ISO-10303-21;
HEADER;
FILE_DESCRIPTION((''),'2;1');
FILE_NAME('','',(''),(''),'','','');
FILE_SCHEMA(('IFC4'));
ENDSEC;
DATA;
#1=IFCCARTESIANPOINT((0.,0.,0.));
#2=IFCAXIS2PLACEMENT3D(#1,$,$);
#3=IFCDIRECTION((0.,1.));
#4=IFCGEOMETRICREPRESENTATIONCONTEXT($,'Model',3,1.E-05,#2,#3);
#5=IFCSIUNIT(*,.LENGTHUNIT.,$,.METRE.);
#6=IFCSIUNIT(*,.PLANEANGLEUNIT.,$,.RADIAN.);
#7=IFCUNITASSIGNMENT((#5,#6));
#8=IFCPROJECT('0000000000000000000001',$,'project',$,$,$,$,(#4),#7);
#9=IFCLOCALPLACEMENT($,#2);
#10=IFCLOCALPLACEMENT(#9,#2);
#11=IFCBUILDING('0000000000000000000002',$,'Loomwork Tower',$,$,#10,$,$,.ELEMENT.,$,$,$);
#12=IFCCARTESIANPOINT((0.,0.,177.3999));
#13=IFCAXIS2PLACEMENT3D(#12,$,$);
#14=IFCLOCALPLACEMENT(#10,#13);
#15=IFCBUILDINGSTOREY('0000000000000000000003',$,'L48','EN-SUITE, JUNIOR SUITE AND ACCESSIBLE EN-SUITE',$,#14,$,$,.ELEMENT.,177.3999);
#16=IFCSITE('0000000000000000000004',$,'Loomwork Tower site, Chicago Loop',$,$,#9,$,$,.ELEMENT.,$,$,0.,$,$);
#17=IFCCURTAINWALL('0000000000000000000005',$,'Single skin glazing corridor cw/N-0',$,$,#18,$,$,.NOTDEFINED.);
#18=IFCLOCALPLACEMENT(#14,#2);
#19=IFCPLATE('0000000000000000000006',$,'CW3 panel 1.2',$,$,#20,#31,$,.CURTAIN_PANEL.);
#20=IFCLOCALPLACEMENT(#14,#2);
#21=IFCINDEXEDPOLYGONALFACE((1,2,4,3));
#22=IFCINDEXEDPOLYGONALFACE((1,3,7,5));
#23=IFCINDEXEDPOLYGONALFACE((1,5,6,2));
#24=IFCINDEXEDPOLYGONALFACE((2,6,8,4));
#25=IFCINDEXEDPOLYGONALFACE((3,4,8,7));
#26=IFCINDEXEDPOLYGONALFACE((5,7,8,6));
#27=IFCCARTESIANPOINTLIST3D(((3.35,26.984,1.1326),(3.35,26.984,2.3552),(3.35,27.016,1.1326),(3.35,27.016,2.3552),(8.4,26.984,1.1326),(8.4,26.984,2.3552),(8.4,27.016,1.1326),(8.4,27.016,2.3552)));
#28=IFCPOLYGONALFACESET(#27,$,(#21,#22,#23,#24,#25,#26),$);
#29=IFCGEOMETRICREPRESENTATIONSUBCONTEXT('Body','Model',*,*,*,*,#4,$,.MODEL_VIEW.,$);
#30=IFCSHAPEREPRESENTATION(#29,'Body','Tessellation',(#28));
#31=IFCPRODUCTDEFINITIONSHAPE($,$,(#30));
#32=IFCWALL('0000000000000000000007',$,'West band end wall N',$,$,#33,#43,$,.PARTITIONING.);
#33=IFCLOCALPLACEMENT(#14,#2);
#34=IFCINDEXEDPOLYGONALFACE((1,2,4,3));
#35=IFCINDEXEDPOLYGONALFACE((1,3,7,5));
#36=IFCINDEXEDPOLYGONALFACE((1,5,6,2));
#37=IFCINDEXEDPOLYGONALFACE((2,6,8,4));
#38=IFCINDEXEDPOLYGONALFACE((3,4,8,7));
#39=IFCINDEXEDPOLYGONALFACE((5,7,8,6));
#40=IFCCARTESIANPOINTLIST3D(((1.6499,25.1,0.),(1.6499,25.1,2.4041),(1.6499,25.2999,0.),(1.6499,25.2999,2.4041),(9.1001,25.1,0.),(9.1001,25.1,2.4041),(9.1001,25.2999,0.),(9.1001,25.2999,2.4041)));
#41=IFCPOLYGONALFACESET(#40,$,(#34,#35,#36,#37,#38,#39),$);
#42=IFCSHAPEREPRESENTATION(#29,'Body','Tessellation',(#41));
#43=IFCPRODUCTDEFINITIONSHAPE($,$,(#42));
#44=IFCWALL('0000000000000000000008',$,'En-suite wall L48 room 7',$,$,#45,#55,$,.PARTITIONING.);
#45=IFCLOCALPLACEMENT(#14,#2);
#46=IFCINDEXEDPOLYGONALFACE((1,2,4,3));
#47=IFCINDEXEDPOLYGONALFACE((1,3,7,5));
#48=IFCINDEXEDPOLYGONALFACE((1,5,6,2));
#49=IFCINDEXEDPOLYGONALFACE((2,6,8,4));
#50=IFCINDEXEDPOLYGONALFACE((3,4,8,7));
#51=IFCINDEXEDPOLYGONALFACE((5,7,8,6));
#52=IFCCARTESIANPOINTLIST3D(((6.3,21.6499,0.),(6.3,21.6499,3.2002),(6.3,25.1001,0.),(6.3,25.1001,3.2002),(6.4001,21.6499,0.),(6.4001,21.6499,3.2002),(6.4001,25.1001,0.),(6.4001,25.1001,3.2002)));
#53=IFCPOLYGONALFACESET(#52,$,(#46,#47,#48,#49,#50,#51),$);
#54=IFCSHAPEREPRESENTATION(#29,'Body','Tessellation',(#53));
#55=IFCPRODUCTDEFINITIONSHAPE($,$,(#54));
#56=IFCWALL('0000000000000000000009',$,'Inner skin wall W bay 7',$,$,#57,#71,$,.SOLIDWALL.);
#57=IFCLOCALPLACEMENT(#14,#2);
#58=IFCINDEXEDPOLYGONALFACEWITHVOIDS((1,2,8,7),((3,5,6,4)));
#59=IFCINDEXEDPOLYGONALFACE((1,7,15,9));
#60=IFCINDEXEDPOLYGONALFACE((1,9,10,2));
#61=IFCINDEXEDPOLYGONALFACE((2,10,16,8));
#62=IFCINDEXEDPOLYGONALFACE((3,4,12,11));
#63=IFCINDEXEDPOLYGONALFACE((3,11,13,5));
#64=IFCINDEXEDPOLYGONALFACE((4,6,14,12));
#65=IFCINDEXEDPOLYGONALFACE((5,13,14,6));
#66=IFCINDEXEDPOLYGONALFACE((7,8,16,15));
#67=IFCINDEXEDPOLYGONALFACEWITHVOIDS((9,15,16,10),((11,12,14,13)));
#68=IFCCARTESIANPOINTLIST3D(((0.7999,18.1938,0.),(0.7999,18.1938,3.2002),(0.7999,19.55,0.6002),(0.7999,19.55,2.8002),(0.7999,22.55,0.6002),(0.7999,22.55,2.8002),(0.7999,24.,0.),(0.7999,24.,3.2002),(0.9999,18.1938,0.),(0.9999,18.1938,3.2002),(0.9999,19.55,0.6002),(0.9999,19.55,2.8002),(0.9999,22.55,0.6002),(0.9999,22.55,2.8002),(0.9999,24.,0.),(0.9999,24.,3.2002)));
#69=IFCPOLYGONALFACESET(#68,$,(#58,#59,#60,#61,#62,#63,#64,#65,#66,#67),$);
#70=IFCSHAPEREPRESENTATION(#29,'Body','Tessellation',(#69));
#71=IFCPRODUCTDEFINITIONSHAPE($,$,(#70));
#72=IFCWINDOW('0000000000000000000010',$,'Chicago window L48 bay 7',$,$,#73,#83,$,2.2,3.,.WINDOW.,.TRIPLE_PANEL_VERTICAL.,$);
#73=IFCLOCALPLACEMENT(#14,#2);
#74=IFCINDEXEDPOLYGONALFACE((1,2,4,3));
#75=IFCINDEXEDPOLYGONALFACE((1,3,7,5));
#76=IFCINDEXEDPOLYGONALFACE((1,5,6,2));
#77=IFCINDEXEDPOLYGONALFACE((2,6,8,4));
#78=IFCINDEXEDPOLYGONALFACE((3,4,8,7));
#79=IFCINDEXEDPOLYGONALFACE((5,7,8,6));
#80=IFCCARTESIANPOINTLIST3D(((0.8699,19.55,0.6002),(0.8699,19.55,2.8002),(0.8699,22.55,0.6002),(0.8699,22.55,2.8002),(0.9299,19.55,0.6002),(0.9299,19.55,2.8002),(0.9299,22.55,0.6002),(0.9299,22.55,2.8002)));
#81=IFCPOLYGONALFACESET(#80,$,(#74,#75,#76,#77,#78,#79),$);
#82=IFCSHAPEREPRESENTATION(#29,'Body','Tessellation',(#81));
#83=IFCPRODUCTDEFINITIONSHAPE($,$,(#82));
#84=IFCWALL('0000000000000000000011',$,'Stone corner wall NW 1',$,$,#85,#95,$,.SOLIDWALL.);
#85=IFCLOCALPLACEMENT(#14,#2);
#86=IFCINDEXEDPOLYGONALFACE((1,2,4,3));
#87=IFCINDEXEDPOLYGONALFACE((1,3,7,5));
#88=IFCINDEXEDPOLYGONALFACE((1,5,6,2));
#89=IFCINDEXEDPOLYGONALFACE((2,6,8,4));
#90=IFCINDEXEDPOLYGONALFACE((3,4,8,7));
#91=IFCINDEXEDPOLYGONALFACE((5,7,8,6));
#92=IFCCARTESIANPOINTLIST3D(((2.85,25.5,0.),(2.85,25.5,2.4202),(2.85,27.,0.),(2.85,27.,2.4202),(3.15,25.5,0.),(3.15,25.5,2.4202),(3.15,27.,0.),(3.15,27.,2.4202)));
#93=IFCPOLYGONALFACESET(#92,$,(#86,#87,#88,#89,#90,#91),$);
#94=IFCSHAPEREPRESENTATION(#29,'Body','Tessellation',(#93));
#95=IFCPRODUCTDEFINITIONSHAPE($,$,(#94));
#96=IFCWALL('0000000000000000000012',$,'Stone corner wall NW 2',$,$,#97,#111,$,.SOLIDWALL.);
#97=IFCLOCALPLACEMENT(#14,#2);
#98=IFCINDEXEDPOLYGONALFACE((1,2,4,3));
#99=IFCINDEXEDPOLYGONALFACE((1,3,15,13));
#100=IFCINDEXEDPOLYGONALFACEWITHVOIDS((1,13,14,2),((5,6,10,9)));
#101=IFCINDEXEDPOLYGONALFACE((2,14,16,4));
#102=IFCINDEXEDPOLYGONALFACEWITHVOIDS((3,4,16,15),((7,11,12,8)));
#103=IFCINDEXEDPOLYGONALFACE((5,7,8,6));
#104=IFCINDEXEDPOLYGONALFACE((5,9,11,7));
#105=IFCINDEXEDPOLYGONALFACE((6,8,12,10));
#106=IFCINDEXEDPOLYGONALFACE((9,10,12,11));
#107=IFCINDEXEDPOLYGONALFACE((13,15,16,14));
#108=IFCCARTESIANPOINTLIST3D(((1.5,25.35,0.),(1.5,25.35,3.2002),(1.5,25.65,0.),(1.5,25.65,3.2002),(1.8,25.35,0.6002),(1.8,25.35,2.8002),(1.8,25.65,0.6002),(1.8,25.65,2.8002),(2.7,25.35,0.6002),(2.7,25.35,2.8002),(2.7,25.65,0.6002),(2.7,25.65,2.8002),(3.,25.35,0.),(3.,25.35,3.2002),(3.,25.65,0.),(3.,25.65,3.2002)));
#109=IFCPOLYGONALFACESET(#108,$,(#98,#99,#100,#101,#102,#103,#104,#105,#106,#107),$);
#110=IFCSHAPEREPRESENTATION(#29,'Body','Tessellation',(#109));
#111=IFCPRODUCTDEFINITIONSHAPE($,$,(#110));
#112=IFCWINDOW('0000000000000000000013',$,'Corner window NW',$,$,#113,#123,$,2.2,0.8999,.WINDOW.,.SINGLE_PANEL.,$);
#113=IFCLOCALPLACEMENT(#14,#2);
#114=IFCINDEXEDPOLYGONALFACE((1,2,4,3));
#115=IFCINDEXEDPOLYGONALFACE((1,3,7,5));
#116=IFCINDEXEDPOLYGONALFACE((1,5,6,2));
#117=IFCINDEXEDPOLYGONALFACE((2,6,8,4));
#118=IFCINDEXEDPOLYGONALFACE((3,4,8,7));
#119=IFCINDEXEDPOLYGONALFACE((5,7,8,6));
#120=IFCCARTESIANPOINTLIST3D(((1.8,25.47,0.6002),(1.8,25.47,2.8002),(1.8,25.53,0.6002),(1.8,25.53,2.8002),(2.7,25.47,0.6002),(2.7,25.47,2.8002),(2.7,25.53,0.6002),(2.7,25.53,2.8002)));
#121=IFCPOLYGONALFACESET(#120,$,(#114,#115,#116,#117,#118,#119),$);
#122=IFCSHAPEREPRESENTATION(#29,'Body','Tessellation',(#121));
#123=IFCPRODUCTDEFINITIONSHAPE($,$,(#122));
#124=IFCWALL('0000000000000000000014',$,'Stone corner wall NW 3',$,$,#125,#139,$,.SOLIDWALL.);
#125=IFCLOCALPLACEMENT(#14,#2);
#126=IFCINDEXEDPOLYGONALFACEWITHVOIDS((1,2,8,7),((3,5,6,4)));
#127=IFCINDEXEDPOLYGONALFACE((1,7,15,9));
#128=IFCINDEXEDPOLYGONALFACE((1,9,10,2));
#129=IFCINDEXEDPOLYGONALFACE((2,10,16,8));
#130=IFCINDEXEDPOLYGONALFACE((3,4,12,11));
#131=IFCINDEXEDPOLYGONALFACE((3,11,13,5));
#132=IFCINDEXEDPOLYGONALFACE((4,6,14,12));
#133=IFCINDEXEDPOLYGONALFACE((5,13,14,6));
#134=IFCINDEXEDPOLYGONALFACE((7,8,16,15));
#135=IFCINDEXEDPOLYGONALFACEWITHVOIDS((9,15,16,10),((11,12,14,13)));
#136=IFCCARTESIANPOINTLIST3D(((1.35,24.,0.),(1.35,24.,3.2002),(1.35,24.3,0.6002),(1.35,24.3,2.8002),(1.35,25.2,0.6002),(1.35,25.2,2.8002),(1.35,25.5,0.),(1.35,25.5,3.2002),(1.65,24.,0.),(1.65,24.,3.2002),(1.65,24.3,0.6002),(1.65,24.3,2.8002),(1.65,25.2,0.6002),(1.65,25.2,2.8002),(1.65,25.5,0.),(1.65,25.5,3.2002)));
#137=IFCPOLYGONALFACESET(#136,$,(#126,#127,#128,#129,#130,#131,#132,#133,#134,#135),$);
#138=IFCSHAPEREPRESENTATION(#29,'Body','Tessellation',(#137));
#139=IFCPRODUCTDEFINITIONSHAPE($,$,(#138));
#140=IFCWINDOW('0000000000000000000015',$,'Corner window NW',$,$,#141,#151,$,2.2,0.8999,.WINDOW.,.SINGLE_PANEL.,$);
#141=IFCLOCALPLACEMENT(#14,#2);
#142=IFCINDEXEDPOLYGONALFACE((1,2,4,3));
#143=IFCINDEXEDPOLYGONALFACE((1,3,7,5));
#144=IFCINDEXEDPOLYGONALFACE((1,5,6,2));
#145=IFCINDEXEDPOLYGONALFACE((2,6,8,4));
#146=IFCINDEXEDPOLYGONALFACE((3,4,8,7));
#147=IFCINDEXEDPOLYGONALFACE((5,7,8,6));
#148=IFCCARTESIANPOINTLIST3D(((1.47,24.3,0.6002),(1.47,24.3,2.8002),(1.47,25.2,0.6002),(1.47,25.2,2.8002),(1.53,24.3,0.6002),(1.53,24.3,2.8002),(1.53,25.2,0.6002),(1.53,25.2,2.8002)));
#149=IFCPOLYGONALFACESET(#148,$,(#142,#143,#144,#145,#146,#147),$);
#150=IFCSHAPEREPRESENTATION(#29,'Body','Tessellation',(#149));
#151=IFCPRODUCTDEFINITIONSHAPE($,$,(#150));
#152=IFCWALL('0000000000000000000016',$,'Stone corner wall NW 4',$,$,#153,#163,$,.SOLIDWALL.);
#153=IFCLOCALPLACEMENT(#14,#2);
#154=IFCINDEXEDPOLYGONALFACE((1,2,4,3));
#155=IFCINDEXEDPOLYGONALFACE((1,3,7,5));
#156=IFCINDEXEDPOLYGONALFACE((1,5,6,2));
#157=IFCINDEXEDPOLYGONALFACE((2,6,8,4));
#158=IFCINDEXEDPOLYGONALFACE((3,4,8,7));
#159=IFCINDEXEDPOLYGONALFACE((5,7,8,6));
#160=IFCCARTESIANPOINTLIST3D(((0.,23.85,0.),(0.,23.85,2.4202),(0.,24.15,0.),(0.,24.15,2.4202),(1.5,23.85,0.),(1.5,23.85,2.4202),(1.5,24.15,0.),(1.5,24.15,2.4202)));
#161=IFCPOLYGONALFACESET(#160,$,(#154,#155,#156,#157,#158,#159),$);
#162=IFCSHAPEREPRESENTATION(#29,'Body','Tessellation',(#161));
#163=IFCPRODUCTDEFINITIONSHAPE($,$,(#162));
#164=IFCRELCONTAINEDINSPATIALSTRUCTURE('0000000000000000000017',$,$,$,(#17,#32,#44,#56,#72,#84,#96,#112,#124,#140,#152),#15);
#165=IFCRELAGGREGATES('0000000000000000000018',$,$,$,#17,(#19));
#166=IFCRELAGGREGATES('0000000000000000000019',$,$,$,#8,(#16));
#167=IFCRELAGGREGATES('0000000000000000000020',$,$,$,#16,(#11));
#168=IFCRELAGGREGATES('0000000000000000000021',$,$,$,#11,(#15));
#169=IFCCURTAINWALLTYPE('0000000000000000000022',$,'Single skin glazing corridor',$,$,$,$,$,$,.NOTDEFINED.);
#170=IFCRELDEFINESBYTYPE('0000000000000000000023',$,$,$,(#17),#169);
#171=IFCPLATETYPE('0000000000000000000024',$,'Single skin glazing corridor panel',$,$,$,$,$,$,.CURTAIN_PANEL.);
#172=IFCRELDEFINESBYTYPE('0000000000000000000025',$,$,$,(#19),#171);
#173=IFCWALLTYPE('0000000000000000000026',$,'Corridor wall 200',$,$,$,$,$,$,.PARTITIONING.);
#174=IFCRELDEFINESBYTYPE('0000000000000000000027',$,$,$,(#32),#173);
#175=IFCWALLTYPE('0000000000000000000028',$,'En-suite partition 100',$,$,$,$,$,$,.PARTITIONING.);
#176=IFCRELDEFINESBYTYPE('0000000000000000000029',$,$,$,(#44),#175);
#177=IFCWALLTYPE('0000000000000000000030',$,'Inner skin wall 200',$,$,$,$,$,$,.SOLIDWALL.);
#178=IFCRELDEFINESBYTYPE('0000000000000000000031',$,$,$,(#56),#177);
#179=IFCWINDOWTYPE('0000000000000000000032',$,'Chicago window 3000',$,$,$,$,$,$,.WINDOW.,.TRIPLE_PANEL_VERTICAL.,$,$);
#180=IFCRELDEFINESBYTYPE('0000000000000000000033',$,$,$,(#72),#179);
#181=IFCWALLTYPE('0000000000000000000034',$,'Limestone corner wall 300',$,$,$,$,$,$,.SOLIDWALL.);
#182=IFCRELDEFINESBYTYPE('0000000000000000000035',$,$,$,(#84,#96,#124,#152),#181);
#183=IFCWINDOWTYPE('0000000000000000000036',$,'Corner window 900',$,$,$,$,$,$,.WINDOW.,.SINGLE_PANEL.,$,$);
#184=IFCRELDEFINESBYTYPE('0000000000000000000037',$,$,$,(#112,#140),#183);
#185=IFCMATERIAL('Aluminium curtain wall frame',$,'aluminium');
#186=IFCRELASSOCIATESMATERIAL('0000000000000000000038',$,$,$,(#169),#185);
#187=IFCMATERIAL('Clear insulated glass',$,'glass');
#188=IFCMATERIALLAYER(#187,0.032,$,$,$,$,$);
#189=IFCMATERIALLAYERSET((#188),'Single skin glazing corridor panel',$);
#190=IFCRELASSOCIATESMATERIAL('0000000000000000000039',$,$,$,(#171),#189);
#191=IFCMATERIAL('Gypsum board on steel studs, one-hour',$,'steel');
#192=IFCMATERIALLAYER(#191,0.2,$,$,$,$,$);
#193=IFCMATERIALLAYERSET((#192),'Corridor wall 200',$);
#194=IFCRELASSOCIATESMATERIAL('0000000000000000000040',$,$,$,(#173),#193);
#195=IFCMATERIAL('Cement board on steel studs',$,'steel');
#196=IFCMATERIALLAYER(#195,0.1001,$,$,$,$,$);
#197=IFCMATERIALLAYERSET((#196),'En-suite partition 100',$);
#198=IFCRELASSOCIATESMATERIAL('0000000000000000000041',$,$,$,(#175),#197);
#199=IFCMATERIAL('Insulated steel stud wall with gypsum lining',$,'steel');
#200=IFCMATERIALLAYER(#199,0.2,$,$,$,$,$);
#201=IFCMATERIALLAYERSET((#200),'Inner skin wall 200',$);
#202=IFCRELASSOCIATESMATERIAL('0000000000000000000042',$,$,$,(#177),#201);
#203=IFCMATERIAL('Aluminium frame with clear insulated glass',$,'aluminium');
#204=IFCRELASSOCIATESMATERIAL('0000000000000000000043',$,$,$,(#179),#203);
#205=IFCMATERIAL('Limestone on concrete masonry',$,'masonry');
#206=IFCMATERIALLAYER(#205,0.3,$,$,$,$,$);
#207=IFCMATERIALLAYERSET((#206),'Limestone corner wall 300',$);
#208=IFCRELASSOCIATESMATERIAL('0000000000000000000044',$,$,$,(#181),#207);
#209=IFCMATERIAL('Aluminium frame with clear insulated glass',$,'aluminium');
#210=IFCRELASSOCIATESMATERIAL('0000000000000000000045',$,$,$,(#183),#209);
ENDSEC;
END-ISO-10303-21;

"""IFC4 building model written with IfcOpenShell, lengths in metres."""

from ifc_helpers import new_model, si_unit, direction, frame, frame_2d, origin, origin_2d, place, context, subcontext, project, spatial, rectangle, extrude, material, layer, layer_set, type_object, element, fill, aggregate, save


model = new_model("IFC4")

# Units and contexts
model_context = context("Model", 3, precision=1e-05, world=origin(), true_north=direction((0.0, 1.0)))
body_context = subcontext(model_context, "Body", "Model", "MODEL_VIEW")
ifc_project = project(units=[si_unit("LENGTHUNIT", "METRE"), si_unit("PLANEANGLEUNIT", "RADIAN")], contexts=[model_context])

# Site, building, storey
site_placement = place(None, origin())
site = spatial("IfcSite", under=ifc_project, at=site_placement, Name="Loomwork Tower site, Chicago Loop", CompositionType="ELEMENT", RefElevation=0.0)
building_placement = place(site_placement, origin())
building = spatial("IfcBuilding", under=site, at=building_placement, Name="Loomwork Tower", CompositionType="ELEMENT")
storey_placement = place(building_placement, frame((0.0, 0.0, 177.3999)))
storey = spatial("IfcBuildingStorey", under=building, at=storey_placement, Name="L48", Description="EN-SUITE, JUNIOR SUITE AND ACCESSIBLE EN-SUITE", CompositionType="ELEMENT", Elevation=177.3999)

# Curtain wall
ifc_material_1 = material(Name="Aluminium curtain wall frame", Category="aluminium")
curtain_wall_type_1 = type_object("IfcCurtainWallType", Name="Single skin glazing corridor", PredefinedType="NOTDEFINED", material=ifc_material_1)
curtain_wall_1_placement = place(storey_placement, origin())
curtain_wall_1 = element("IfcCurtainWall", 1, at=curtain_wall_1_placement, inside=storey, type_object=curtain_wall_type_1, Name="Single skin glazing corridor cw/N-0", PredefinedType="NOTDEFINED")

# Plate
ifc_material_2 = material(Name="Clear insulated glass", Category="glass")
ifc_layer_1 = layer(ifc_material_2, 0.032)
ifc_layer_set_1 = layer_set([ifc_layer_1], Name="Single skin glazing corridor panel")
plate_type_1 = type_object("IfcPlateType", Name="Single skin glazing corridor panel", PredefinedType="CURTAIN_PANEL", material=ifc_layer_set_1)
plate_1_placement = place(storey_placement, frame((5.875, 27.0, 1.1326), z_axis=(0.0, 0.0, 1.0), x_axis=(-1.0, 0.0, 0.0)))
plate_1 = element("IfcPlate", 2, at=plate_1_placement, type_object=plate_type_1, Name="CW3 panel 1.2", PredefinedType="CURTAIN_PANEL", context=body_context, shape_type="SweptSolid", body=[
    extrude(rectangle(XDim=5.05, YDim=0.032, at=origin_2d()), origin(), (0.0, 0.0, 1.0), 1.2227),
])
aggregate(curtain_wall_1, [plate_1])

# Walls
ifc_material_3 = material(Name="Gypsum board on steel studs, one-hour", Category="steel")
ifc_layer_2 = layer(ifc_material_3, 0.2)
ifc_layer_set_2 = layer_set([ifc_layer_2], Name="Corridor wall 200")
wall_type_1 = type_object("IfcWallType", Name="Corridor wall 200", PredefinedType="PARTITIONING", material=ifc_layer_set_2)
wall_1_placement = place(storey_placement, frame((1.6499, 25.2, 0.0), z_axis=(0.0, 0.0, 1.0), x_axis=(1.0, 0.0, 0.0)))
element("IfcWall", 3, at=wall_1_placement, inside=storey, type_object=wall_type_1, Name="West band end wall N", PredefinedType="PARTITIONING", context=body_context, shape_type="SweptSolid", body=[
    extrude(rectangle(XDim=7.4502, YDim=0.2, at=frame_2d((3.7251, 0.0))), origin(), (0.0, 0.0, 1.0), 2.4041),
])
ifc_material_4 = material(Name="Cement board on steel studs", Category="steel")
ifc_layer_3 = layer(ifc_material_4, 0.1001)
ifc_layer_set_3 = layer_set([ifc_layer_3], Name="En-suite partition 100")
wall_type_2 = type_object("IfcWallType", Name="En-suite partition 100", PredefinedType="PARTITIONING", material=ifc_layer_set_3)
wall_2_placement = place(storey_placement, frame((6.3501, 21.6499, 0.0), z_axis=(0.0, 0.0, 1.0), x_axis=(0.0, 1.0, 0.0)))
element("IfcWall", 4, at=wall_2_placement, inside=storey, type_object=wall_type_2, Name="En-suite wall L48 room 7", PredefinedType="PARTITIONING", context=body_context, shape_type="SweptSolid", body=[
    extrude(rectangle(XDim=3.4502, YDim=0.1001, at=frame_2d((1.7251, 0.0))), origin(), (0.0, 0.0, 1.0), 3.2002),
])

# Wall, opening, window
ifc_material_5 = material(Name="Insulated steel stud wall with gypsum lining", Category="steel")
ifc_layer_4 = layer(ifc_material_5, 0.2)
ifc_layer_set_4 = layer_set([ifc_layer_4], Name="Inner skin wall 200")
wall_type_3 = type_object("IfcWallType", Name="Inner skin wall 200", PredefinedType="SOLIDWALL", material=ifc_layer_set_4)
wall_3_placement = place(storey_placement, frame((0.8999, 18.1938, 0.0), z_axis=(0.0, 0.0, 1.0), x_axis=(0.0, 1.0, 0.0)))
wall_3 = element("IfcWall", 5, at=wall_3_placement, inside=storey, type_object=wall_type_3, Name="Inner skin wall W bay 7", PredefinedType="SOLIDWALL", context=body_context, shape_type="SweptSolid", body=[
    extrude(rectangle(XDim=5.8062, YDim=0.2, at=frame_2d((2.9031, 0.0))), origin(), (0.0, 0.0, 1.0), 3.2002),
])
opening_1_placement = place(wall_3_placement, frame((1.3562, 0.0, 0.6001)))
opening_1 = element("IfcOpeningElement", 6, at=opening_1_placement, cuts=wall_3, PredefinedType="OPENING", context=body_context, shape_type="SweptSolid", body=[
    extrude(rectangle(XDim=3.0, YDim=2.2, at=frame_2d((1.5, 1.1001))), frame((0.0, 0.1099, 0.0), z_axis=(0.0, -1.0, 0.0), x_axis=(1.0, 0.0, 0.0)), (0.0, 0.0, 1.0), 0.22),
])
ifc_material_6 = material(Name="Aluminium frame with clear insulated glass", Category="aluminium")
window_type_1 = type_object("IfcWindowType", Name="Chicago window 3000", PartitioningType="TRIPLE_PANEL_VERTICAL", PredefinedType="WINDOW", material=ifc_material_6)
window_1_placement = place(opening_1_placement, origin())
window_1 = element("IfcWindow", 7, at=window_1_placement, inside=storey, type_object=window_type_1, Name="Chicago window L48 bay 7", OverallHeight=2.2, OverallWidth=3.0, PartitioningType="TRIPLE_PANEL_VERTICAL", PredefinedType="WINDOW", context=body_context, shape_type="SweptSolid", body=[
    extrude(rectangle(XDim=3.0, YDim=2.2, at=frame_2d((1.5, 1.1001))), frame((0.0, 0.03, 0.0), z_axis=(0.0, -1.0, 0.0), x_axis=(1.0, 0.0, 0.0)), (0.0, 0.0, 1.0), 0.0601),
])
fill(opening_1, window_1)

# Wall
ifc_material_7 = material(Name="Limestone on concrete masonry", Category="masonry")
ifc_layer_5 = layer(ifc_material_7, 0.3)
ifc_layer_set_5 = layer_set([ifc_layer_5], Name="Limestone corner wall 300")
wall_type_4 = type_object("IfcWallType", Name="Limestone corner wall 300", PredefinedType="SOLIDWALL", material=ifc_layer_set_5)
wall_4_placement = place(storey_placement, frame((3.0, 27.0, 0.0), z_axis=(0.0, 0.0, 1.0), x_axis=(0.0, -1.0, 0.0)))
element("IfcWall", 8, at=wall_4_placement, inside=storey, type_object=wall_type_4, Name="Stone corner wall NW 1", PredefinedType="SOLIDWALL", context=body_context, shape_type="SweptSolid", body=[
    extrude(rectangle(XDim=1.5, YDim=0.3, at=frame_2d((0.75, 0.0))), origin(), (0.0, 0.0, 1.0), 2.4202),
])

# Walls, openings, windows
wall_5_placement = place(storey_placement, frame((3.0, 25.5, 0.0), z_axis=(0.0, 0.0, 1.0), x_axis=(-1.0, 0.0, 0.0)))
wall_5 = element("IfcWall", 9, at=wall_5_placement, inside=storey, type_object=wall_type_4, Name="Stone corner wall NW 2", PredefinedType="SOLIDWALL", context=body_context, shape_type="SweptSolid", body=[
    extrude(rectangle(XDim=1.5, YDim=0.3, at=frame_2d((0.75, 0.0))), origin(), (0.0, 0.0, 1.0), 3.2002),
])
opening_2_placement = place(wall_5_placement, frame((0.3, 0.0, 0.6001)))
opening_2 = element("IfcOpeningElement", 10, at=opening_2_placement, cuts=wall_5, PredefinedType="OPENING", context=body_context, shape_type="SweptSolid", body=[
    extrude(rectangle(XDim=0.8999, YDim=2.2, at=frame_2d((0.45, 1.1001))), frame((0.0, 0.1599, 0.0), z_axis=(0.0, -1.0, 0.0), x_axis=(1.0, 0.0, 0.0)), (0.0, 0.0, 1.0), 0.3201),
])
ifc_material_8 = material(Name="Aluminium frame with clear insulated glass", Category="aluminium")
window_type_2 = type_object("IfcWindowType", Name="Corner window 900", PartitioningType="SINGLE_PANEL", PredefinedType="WINDOW", material=ifc_material_8)
window_2_placement = place(opening_2_placement, origin())
window_2 = element("IfcWindow", 11, at=window_2_placement, inside=storey, type_object=window_type_2, Name="Corner window NW", OverallHeight=2.2, OverallWidth=0.8999, PartitioningType="SINGLE_PANEL", PredefinedType="WINDOW", context=body_context, shape_type="SweptSolid", body=[
    extrude(rectangle(XDim=0.8999, YDim=2.2, at=frame_2d((0.45, 1.1001))), frame((0.0, 0.03, 0.0), z_axis=(0.0, -1.0, 0.0), x_axis=(1.0, 0.0, 0.0)), (0.0, 0.0, 1.0), 0.0601),
])
fill(opening_2, window_2)
wall_6_placement = place(storey_placement, frame((1.5, 25.5, 0.0), z_axis=(0.0, 0.0, 1.0), x_axis=(0.0, -1.0, 0.0)))
wall_6 = element("IfcWall", 12, at=wall_6_placement, inside=storey, type_object=wall_type_4, Name="Stone corner wall NW 3", PredefinedType="SOLIDWALL", context=body_context, shape_type="SweptSolid", body=[
    extrude(rectangle(XDim=1.5, YDim=0.3, at=frame_2d((0.75, 0.0))), origin(), (0.0, 0.0, 1.0), 3.2002),
])
opening_3_placement = place(wall_6_placement, frame((0.3, 0.0, 0.6001)))
opening_3 = element("IfcOpeningElement", 13, at=opening_3_placement, cuts=wall_6, PredefinedType="OPENING", context=body_context, shape_type="SweptSolid", body=[
    extrude(rectangle(XDim=0.8999, YDim=2.2, at=frame_2d((0.45, 1.1001))), frame((0.0, 0.1599, 0.0), z_axis=(0.0, -1.0, 0.0), x_axis=(1.0, 0.0, 0.0)), (0.0, 0.0, 1.0), 0.3201),
])
window_3_placement = place(opening_3_placement, origin())
window_3 = element("IfcWindow", 14, at=window_3_placement, inside=storey, type_object=window_type_2, Name="Corner window NW", OverallHeight=2.2, OverallWidth=0.8999, PartitioningType="SINGLE_PANEL", PredefinedType="WINDOW", context=body_context, shape_type="SweptSolid", body=[
    extrude(rectangle(XDim=0.8999, YDim=2.2, at=frame_2d((0.45, 1.1001))), frame((0.0, 0.03, 0.0), z_axis=(0.0, -1.0, 0.0), x_axis=(1.0, 0.0, 0.0)), (0.0, 0.0, 1.0), 0.0601),
])
fill(opening_3, window_3)

# Wall
wall_7_placement = place(storey_placement, frame((1.5, 24.0, 0.0), z_axis=(0.0, 0.0, 1.0), x_axis=(-1.0, 0.0, 0.0)))
element("IfcWall", 15, at=wall_7_placement, inside=storey, type_object=wall_type_4, Name="Stone corner wall NW 4", PredefinedType="SOLIDWALL", context=body_context, shape_type="SweptSolid", body=[
    extrude(rectangle(XDim=1.5, YDim=0.3, at=frame_2d((0.75, 0.0))), origin(), (0.0, 0.0, 1.0), 2.4202),
])

save(model, "model.ifc")
